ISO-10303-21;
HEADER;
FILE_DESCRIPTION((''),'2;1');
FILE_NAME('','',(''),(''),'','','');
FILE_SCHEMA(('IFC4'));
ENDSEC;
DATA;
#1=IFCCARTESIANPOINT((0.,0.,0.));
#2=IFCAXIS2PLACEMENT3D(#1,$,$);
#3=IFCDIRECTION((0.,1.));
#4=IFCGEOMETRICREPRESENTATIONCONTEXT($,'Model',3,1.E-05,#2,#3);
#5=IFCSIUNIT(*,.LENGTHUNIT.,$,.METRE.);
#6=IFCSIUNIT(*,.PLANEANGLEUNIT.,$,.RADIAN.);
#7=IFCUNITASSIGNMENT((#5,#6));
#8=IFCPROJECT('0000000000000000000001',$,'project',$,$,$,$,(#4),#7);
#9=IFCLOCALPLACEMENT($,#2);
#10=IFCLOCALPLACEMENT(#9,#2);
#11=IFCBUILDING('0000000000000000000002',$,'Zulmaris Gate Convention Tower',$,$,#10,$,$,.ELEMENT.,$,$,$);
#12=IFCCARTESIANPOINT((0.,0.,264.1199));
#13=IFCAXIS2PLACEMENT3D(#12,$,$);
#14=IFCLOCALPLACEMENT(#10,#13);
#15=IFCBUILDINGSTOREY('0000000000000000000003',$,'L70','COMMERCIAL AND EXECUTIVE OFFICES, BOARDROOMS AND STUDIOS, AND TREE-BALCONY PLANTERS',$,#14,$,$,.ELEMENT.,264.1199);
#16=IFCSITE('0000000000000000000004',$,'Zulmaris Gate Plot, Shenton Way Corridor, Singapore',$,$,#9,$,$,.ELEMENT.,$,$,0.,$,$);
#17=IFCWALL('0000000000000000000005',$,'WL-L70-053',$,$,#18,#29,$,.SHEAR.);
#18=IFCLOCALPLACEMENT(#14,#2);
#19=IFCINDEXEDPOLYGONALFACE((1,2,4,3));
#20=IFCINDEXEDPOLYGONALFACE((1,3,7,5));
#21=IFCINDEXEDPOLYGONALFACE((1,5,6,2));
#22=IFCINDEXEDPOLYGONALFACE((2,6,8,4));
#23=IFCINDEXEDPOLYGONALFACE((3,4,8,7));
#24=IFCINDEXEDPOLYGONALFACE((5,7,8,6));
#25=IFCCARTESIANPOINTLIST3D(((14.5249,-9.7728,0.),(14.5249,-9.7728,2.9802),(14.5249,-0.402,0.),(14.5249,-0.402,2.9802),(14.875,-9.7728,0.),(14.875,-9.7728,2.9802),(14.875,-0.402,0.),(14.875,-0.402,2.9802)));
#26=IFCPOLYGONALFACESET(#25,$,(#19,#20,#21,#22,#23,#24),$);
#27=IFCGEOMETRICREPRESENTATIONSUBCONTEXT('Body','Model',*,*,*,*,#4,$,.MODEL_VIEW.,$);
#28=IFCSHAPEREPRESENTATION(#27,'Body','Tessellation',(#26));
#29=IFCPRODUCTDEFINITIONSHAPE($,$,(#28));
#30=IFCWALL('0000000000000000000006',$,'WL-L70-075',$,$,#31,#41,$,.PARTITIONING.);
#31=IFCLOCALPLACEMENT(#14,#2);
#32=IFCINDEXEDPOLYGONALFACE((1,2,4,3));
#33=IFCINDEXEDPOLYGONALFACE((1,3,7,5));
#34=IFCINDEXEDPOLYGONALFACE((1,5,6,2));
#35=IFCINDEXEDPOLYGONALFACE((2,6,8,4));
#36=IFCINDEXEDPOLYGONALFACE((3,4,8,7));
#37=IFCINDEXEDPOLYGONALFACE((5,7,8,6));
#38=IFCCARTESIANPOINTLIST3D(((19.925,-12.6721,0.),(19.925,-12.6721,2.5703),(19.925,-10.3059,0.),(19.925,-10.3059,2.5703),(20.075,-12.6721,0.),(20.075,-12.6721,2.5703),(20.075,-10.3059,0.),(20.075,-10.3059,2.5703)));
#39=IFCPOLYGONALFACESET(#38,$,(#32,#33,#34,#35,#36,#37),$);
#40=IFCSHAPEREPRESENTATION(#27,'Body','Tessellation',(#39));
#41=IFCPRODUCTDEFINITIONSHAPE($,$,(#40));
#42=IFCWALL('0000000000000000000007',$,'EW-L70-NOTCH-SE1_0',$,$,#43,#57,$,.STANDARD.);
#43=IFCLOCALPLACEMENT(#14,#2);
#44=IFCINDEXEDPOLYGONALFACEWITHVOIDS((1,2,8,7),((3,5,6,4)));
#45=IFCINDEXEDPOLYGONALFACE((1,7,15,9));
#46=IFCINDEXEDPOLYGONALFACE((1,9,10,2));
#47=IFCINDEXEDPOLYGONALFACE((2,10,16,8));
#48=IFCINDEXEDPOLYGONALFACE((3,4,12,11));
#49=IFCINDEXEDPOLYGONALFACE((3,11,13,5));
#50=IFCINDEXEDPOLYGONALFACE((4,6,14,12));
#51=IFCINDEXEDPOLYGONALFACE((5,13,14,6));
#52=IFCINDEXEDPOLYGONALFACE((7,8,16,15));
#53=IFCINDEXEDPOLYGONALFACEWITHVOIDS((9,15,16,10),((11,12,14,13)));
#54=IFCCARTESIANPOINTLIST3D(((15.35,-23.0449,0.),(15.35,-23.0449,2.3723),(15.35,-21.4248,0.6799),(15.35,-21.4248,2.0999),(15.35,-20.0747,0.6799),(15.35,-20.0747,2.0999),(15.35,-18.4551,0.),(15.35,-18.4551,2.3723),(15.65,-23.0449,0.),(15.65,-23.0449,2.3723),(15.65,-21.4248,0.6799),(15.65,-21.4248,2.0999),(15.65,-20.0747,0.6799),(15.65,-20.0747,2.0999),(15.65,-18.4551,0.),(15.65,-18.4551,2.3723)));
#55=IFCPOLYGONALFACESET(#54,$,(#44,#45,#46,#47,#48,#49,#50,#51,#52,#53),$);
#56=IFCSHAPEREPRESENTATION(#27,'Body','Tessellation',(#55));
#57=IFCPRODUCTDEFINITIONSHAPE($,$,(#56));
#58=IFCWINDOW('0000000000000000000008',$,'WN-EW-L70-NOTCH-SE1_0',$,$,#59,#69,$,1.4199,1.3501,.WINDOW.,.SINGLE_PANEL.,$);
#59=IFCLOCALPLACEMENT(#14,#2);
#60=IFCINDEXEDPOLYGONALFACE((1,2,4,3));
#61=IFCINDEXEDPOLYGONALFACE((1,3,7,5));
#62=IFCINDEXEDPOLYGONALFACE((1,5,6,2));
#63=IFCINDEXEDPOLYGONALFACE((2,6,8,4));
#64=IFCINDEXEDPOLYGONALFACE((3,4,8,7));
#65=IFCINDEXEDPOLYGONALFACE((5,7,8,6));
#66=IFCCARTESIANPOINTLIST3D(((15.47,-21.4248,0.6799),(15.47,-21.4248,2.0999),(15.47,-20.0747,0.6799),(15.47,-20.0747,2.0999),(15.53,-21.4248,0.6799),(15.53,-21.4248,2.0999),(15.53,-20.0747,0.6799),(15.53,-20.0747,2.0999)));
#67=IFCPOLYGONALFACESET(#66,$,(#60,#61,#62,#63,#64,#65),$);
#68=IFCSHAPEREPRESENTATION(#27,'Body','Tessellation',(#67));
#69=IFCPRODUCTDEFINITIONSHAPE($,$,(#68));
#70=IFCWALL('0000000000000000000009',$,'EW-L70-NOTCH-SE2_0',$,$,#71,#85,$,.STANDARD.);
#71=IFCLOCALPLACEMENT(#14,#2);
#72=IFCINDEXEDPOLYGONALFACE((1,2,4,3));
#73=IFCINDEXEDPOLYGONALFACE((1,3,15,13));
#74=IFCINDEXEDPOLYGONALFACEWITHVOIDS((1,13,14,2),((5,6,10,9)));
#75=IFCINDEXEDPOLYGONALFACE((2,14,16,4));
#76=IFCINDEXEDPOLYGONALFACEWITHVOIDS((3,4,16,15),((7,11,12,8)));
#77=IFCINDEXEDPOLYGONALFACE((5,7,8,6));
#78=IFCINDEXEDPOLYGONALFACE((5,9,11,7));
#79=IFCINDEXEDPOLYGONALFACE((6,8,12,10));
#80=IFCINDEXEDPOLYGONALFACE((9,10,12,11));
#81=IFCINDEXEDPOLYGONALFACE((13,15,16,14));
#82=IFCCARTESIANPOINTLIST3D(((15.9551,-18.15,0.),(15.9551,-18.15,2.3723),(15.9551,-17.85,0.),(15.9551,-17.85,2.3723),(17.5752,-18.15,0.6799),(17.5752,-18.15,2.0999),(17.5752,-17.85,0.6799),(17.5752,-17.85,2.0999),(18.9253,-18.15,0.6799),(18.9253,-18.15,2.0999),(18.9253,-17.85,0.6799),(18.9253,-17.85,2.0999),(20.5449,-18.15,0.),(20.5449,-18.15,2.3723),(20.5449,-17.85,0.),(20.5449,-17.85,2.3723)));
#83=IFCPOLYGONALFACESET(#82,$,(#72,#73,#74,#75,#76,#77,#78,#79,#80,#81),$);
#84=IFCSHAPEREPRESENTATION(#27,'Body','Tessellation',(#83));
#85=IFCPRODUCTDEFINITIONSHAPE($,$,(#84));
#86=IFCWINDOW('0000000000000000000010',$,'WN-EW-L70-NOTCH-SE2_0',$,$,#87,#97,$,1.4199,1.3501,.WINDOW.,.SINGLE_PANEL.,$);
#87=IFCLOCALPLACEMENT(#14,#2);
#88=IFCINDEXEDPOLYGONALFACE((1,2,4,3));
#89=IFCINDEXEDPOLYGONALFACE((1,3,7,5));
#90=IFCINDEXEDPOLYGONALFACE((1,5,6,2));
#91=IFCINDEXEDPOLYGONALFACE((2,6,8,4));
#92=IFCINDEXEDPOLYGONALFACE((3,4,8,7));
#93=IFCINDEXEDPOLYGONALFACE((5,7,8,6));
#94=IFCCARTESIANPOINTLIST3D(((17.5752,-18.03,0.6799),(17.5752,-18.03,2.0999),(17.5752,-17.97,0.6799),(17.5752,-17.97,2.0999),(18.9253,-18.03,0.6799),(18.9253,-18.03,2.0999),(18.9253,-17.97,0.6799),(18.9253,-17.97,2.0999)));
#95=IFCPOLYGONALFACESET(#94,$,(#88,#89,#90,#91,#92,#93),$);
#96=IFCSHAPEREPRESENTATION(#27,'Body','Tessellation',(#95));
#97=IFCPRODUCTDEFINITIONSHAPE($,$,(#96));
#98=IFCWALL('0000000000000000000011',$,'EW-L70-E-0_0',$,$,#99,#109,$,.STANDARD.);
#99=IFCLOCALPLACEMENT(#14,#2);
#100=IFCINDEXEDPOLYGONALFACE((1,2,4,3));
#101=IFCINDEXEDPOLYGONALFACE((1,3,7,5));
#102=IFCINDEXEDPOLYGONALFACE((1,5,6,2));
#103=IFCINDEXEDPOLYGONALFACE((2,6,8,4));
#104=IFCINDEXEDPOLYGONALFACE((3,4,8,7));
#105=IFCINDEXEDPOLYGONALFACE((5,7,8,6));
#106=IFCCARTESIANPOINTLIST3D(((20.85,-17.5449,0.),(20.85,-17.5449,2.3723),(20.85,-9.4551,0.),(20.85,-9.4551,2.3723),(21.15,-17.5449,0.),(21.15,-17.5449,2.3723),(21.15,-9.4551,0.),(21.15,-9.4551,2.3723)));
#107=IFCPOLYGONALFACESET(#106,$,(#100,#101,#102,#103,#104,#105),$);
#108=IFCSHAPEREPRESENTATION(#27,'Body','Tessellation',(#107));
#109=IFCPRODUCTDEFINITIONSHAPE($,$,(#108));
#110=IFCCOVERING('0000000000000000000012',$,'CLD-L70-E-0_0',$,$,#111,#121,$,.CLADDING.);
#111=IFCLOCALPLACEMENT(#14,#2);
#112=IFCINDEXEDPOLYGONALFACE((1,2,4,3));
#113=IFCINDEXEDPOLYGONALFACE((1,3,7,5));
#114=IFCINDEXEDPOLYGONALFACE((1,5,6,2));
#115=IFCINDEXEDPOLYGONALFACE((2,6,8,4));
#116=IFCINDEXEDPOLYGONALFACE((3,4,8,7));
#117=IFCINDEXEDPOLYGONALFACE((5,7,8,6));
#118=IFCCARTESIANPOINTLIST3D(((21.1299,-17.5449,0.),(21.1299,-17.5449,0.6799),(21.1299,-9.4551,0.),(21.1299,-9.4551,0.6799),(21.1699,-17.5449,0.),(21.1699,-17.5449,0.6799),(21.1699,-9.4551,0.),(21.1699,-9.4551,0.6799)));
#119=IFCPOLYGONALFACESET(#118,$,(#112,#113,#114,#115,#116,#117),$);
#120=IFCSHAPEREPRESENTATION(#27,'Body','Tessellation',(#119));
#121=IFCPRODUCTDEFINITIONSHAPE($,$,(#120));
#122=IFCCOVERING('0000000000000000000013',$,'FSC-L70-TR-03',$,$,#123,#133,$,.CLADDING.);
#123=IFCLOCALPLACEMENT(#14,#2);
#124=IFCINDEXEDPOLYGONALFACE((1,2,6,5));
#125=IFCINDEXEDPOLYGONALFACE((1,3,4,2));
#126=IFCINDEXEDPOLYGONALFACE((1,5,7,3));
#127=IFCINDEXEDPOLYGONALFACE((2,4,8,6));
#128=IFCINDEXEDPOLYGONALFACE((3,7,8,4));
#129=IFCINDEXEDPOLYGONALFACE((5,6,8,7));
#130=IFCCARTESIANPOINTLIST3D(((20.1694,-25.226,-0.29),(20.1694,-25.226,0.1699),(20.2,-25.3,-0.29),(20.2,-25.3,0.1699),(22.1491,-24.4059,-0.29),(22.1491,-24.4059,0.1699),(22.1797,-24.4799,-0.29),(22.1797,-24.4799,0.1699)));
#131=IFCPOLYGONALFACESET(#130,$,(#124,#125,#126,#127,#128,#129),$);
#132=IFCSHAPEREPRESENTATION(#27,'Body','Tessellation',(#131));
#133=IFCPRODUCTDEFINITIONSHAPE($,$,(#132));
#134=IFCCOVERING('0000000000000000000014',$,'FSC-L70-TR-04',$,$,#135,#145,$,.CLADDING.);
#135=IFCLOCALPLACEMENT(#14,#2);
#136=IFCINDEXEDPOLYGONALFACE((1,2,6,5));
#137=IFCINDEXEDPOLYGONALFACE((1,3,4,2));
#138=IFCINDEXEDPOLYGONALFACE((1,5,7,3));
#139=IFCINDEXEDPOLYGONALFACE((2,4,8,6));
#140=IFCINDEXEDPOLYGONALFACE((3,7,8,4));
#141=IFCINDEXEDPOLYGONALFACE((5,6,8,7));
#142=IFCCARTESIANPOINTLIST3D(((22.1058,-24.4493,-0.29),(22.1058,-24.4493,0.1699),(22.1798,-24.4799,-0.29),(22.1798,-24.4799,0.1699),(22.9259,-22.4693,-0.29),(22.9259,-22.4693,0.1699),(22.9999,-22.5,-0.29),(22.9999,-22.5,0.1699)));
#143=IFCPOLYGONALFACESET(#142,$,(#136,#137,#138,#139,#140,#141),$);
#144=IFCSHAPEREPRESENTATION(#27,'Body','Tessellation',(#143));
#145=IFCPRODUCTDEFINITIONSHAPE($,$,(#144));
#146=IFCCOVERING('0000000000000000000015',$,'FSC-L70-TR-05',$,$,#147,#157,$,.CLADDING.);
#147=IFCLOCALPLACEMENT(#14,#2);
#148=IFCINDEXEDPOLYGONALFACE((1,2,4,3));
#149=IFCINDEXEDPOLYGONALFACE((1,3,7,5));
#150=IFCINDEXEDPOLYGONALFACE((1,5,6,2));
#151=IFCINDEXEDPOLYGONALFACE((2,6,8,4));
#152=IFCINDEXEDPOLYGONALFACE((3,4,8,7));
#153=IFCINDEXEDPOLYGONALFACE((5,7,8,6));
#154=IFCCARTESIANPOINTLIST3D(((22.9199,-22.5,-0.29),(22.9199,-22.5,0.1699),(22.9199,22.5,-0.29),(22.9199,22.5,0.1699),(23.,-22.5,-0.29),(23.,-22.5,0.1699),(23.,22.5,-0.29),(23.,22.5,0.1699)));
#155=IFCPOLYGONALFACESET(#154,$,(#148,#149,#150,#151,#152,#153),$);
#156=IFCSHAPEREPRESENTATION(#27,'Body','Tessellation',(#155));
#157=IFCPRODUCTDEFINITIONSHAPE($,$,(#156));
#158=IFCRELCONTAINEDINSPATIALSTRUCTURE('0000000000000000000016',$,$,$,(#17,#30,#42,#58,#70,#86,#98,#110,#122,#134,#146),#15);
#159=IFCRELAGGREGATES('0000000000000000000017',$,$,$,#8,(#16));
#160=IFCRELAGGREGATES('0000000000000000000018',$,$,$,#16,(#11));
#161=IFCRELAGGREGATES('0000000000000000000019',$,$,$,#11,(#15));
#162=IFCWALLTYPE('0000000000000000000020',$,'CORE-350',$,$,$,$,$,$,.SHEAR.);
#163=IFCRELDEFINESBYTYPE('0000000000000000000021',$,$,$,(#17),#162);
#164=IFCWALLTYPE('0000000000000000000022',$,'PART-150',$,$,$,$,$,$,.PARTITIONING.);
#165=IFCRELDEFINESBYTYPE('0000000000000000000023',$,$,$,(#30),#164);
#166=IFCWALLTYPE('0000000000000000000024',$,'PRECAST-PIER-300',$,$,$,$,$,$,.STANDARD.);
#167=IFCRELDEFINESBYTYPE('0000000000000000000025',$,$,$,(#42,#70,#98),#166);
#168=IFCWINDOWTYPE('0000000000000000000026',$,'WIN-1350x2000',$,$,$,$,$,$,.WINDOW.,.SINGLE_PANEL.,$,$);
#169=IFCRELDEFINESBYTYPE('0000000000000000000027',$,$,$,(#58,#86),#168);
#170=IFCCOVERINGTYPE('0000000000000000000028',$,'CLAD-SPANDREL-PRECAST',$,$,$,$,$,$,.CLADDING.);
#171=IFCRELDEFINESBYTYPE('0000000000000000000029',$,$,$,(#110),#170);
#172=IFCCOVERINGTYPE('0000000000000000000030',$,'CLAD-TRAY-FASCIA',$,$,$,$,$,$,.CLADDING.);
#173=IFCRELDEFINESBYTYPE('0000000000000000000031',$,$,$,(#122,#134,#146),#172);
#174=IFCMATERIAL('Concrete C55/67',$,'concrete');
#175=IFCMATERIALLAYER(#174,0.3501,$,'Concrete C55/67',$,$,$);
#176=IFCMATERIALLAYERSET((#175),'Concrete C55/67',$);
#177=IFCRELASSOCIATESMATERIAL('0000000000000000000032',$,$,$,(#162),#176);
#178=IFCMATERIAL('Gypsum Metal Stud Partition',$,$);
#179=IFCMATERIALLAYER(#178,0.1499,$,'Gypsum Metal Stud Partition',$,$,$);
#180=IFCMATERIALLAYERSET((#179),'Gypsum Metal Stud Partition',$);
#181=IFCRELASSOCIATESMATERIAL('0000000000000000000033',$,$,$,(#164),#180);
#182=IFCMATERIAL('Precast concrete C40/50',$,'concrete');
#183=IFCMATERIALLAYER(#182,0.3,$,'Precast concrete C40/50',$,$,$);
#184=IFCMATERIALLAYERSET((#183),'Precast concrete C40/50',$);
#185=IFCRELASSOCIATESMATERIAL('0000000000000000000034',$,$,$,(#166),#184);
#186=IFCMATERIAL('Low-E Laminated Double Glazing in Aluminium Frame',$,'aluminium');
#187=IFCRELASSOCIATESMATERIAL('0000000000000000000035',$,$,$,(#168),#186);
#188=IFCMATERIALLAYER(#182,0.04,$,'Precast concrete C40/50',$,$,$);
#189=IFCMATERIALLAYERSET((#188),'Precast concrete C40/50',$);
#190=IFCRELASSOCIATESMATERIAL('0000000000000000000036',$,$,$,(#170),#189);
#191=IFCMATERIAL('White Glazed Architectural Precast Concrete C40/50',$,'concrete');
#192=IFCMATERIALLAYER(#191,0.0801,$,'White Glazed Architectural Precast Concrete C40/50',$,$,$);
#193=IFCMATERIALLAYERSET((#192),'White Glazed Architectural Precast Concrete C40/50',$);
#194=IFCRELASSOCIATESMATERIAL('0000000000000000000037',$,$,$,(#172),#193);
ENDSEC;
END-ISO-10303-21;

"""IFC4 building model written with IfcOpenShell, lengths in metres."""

from ifc_helpers import new_model, si_unit, direction, frame, frame_2d, origin, place, context, subcontext, project, spatial, rectangle, extrude, material, layer, layer_set, type_object, element, fill, save


model = new_model("IFC4")

# Units and contexts
model_context = context("Model", 3, precision=1e-05, world=origin(), true_north=direction((0.0, 1.0)))
body_context = subcontext(model_context, "Body", "Model", "MODEL_VIEW")
ifc_project = project(units=[si_unit("LENGTHUNIT", "METRE"), si_unit("PLANEANGLEUNIT", "RADIAN")], contexts=[model_context])

# Site, building, storey
site_placement = place(None, origin())
site = spatial("IfcSite", under=ifc_project, at=site_placement, Name="Zulmaris Gate Plot, Shenton Way Corridor, Singapore", CompositionType="ELEMENT", RefElevation=0.0)
building_placement = place(site_placement, origin())
building = spatial("IfcBuilding", under=site, at=building_placement, Name="Zulmaris Gate Convention Tower", CompositionType="ELEMENT")
storey_placement = place(building_placement, frame((0.0, 0.0, 264.1199)))
storey = spatial("IfcBuildingStorey", under=building, at=storey_placement, Name="L70", Description="COMMERCIAL AND EXECUTIVE OFFICES, BOARDROOMS AND STUDIOS, AND TREE-BALCONY PLANTERS", CompositionType="ELEMENT", Elevation=264.1199)

# Shared definitions
ifc_material_1 = material(Name="Concrete C55/67", Category="concrete")
ifc_layer_1 = layer(ifc_material_1, 0.3501, Name="Concrete C55/67")
ifc_layer_set_1 = layer_set([ifc_layer_1], Name="Concrete C55/67")
wall_type_1 = type_object("IfcWallType", Name="CORE-350", PredefinedType="SHEAR", material=ifc_layer_set_1)

# Walls
wall_1_placement = place(storey_placement, frame((14.7, -9.7729, 0.0), z_axis=(0.0, 0.0, 1.0), x_axis=(0.0, 1.0, 0.0)))
element("IfcWall", 1, at=wall_1_placement, inside=storey, type_object=wall_type_1, Name="WL-L70-053", PredefinedType="SHEAR", context=body_context, shape_type="SweptSolid", body=[
    extrude(rectangle(XDim=9.3708, YDim=0.3501, at=frame_2d((4.6855, 0.0))), origin(), (0.0, 0.0, 1.0), 2.9802),
])
ifc_material_2 = material(Name="Gypsum Metal Stud Partition")
ifc_layer_2 = layer(ifc_material_2, 0.1499, Name="Gypsum Metal Stud Partition")
ifc_layer_set_2 = layer_set([ifc_layer_2], Name="Gypsum Metal Stud Partition")
wall_type_2 = type_object("IfcWallType", Name="PART-150", PredefinedType="PARTITIONING", material=ifc_layer_set_2)
wall_2_placement = place(storey_placement, frame((20.0, -12.6721, 0.0), z_axis=(0.0, 0.0, 1.0), x_axis=(0.0, 1.0, 0.0)))
element("IfcWall", 2, at=wall_2_placement, inside=storey, type_object=wall_type_2, Name="WL-L70-075", PredefinedType="PARTITIONING", context=body_context, shape_type="SweptSolid", body=[
    extrude(rectangle(XDim=2.3662, YDim=0.1499, at=frame_2d((1.1831, 0.0))), origin(), (0.0, 0.0, 1.0), 2.5703),
])

# Walls, openings, windows
ifc_material_3 = material(Name="Precast concrete C40/50", Category="concrete")
ifc_layer_3 = layer(ifc_material_3, 0.3, Name="Precast concrete C40/50")
ifc_layer_set_3 = layer_set([ifc_layer_3], Name="Precast concrete C40/50")
wall_type_3 = type_object("IfcWallType", Name="PRECAST-PIER-300", PredefinedType="STANDARD", material=ifc_layer_set_3)
wall_3_placement = place(storey_placement, frame((15.5, -23.0449, 0.0), z_axis=(0.0, 0.0, 1.0), x_axis=(0.0, 1.0, 0.0)))
wall_3 = element("IfcWall", 3, at=wall_3_placement, inside=storey, type_object=wall_type_3, Name="EW-L70-NOTCH-SE1_0", PredefinedType="STANDARD", context=body_context, shape_type="SweptSolid", body=[
    extrude(rectangle(XDim=4.5898, YDim=0.3, at=frame_2d((2.2949, 0.0))), origin(), (0.0, 0.0, 1.0), 2.3723),
])
opening_1_placement = place(wall_3_placement, frame((1.6201, 0.0, 0.6799)))
opening_1 = element("IfcOpeningElement", 4, at=opening_1_placement, cuts=wall_3, PredefinedType="OPENING", context=body_context, shape_type="SweptSolid", body=[
    extrude(rectangle(XDim=1.3501, YDim=1.4199, at=frame_2d((0.675, 0.71))), frame((0.0, 0.1602, 0.0), z_axis=(0.0, -1.0, 0.0), x_axis=(1.0, 0.0, 0.0)), (0.0, 0.0, 1.0), 0.3201),
])
ifc_material_4 = material(Name="Low-E Laminated Double Glazing in Aluminium Frame", Category="aluminium")
window_type = type_object("IfcWindowType", Name="WIN-1350x2000", PartitioningType="SINGLE_PANEL", PredefinedType="WINDOW", material=ifc_material_4)
window_1_placement = place(opening_1_placement, origin())
window_1 = element("IfcWindow", 5, at=window_1_placement, inside=storey, type_object=window_type, Name="WN-EW-L70-NOTCH-SE1_0", OverallHeight=1.4199, OverallWidth=1.3501, PartitioningType="SINGLE_PANEL", PredefinedType="WINDOW", context=body_context, shape_type="SweptSolid", body=[
    extrude(rectangle(XDim=1.3501, YDim=1.4199, at=frame_2d((0.675, 0.71))), frame((0.0, 0.03, 0.0), z_axis=(0.0, -1.0, 0.0), x_axis=(1.0, 0.0, 0.0)), (0.0, 0.0, 1.0), 0.0601),
])
fill(opening_1, window_1)
wall_4_placement = place(storey_placement, frame((15.9551, -18.0, 0.0), z_axis=(0.0, 0.0, 1.0), x_axis=(1.0, 0.0, 0.0)))
wall_4 = element("IfcWall", 6, at=wall_4_placement, inside=storey, type_object=wall_type_3, Name="EW-L70-NOTCH-SE2_0", PredefinedType="STANDARD", context=body_context, shape_type="SweptSolid", body=[
    extrude(rectangle(XDim=4.5898, YDim=0.3, at=frame_2d((2.2949, 0.0))), origin(), (0.0, 0.0, 1.0), 2.3723),
])
opening_2_placement = place(wall_4_placement, frame((1.6201, 0.0, 0.6799)))
opening_2 = element("IfcOpeningElement", 7, at=opening_2_placement, cuts=wall_4, PredefinedType="OPENING", context=body_context, shape_type="SweptSolid", body=[
    extrude(rectangle(XDim=1.3501, YDim=1.4199, at=frame_2d((0.675, 0.71))), frame((0.0, 0.1602, 0.0), z_axis=(0.0, -1.0, 0.0), x_axis=(1.0, 0.0, 0.0)), (0.0, 0.0, 1.0), 0.3201),
])
window_2_placement = place(opening_2_placement, origin())
window_2 = element("IfcWindow", 8, at=window_2_placement, inside=storey, type_object=window_type, Name="WN-EW-L70-NOTCH-SE2_0", OverallHeight=1.4199, OverallWidth=1.3501, PartitioningType="SINGLE_PANEL", PredefinedType="WINDOW", context=body_context, shape_type="SweptSolid", body=[
    extrude(rectangle(XDim=1.3501, YDim=1.4199, at=frame_2d((0.675, 0.71))), frame((0.0, 0.03, 0.0), z_axis=(0.0, -1.0, 0.0), x_axis=(1.0, 0.0, 0.0)), (0.0, 0.0, 1.0), 0.0601),
])
fill(opening_2, window_2)

# Wall
wall_5_placement = place(storey_placement, frame((21.0, -17.5449, 0.0), z_axis=(0.0, 0.0, 1.0), x_axis=(0.0, 1.0, 0.0)))
element("IfcWall", 9, at=wall_5_placement, inside=storey, type_object=wall_type_3, Name="EW-L70-E-0_0", PredefinedType="STANDARD", context=body_context, shape_type="SweptSolid", body=[
    extrude(rectangle(XDim=8.0898, YDim=0.3, at=frame_2d((4.0449, 0.0))), origin(), (0.0, 0.0, 1.0), 2.3723),
])

# Coverings
ifc_layer_4 = layer(ifc_material_3, 0.04, Name="Precast concrete C40/50")
ifc_layer_set_4 = layer_set([ifc_layer_4], Name="Precast concrete C40/50")
covering_type_1 = type_object("IfcCoveringType", Name="CLAD-SPANDREL-PRECAST", PredefinedType="CLADDING", material=ifc_layer_set_4)
covering_1_placement = place(storey_placement, frame((21.1499, -17.5449, 0.0), z_axis=(0.0, 0.0, 1.0), x_axis=(0.0, 1.0, 0.0)))
element("IfcCovering", 10, at=covering_1_placement, inside=storey, type_object=covering_type_1, Name="CLD-L70-E-0_0", PredefinedType="CLADDING", context=body_context, shape_type="SweptSolid", body=[
    extrude(rectangle(XDim=8.0898, YDim=0.04, at=frame_2d((4.0449, 0.0))), origin(), (0.0, 0.0, 1.0), 0.6799),
])
ifc_material_5 = material(Name="White Glazed Architectural Precast Concrete C40/50", Category="concrete")
ifc_layer_5 = layer(ifc_material_5, 0.0801, Name="White Glazed Architectural Precast Concrete C40/50")
ifc_layer_set_5 = layer_set([ifc_layer_5], Name="White Glazed Architectural Precast Concrete C40/50")
covering_type_2 = type_object("IfcCoveringType", Name="CLAD-TRAY-FASCIA", PredefinedType="CLADDING", material=ifc_layer_set_5)
covering_2_placement = place(storey_placement, frame((20.1848, -25.2629, -0.29), z_axis=(0.0, 0.0, 1.0), x_axis=(0.923874, 0.382697, 0.0)))
element("IfcCovering", 11, at=covering_2_placement, inside=storey, type_object=covering_type_2, Name="FSC-L70-TR-03", PredefinedType="CLADDING", context=body_context, shape_type="SweptSolid", body=[
    extrude(rectangle(XDim=2.1428, YDim=0.0801, at=frame_2d((1.0713, 0.0))), origin(), (0.0, 0.0, 1.0), 0.46),
])
covering_3_placement = place(storey_placement, frame((22.1428, -24.4646, -0.29), z_axis=(0.0, 0.0, 1.0), x_axis=(0.382657, 0.92389, 0.0)))
element("IfcCovering", 12, at=covering_3_placement, inside=storey, type_object=covering_type_2, Name="FSC-L70-TR-04", PredefinedType="CLADDING", context=body_context, shape_type="SweptSolid", body=[
    extrude(rectangle(XDim=2.1431, YDim=0.0801, at=frame_2d((1.0715, 0.0))), origin(), (0.0, 0.0, 1.0), 0.46),
])
covering_4_placement = place(storey_placement, frame((22.96, -22.5, -0.29), z_axis=(0.0, 0.0, 1.0), x_axis=(0.0, 1.0, 0.0)))
element("IfcCovering", 13, at=covering_4_placement, inside=storey, type_object=covering_type_2, Name="FSC-L70-TR-05", PredefinedType="CLADDING", context=body_context, shape_type="SweptSolid", body=[
    extrude(rectangle(XDim=45.0, YDim=0.0801, at=frame_2d((22.5, 0.0))), origin(), (0.0, 0.0, 1.0), 0.46),
])

save(model, "model.ifc")
